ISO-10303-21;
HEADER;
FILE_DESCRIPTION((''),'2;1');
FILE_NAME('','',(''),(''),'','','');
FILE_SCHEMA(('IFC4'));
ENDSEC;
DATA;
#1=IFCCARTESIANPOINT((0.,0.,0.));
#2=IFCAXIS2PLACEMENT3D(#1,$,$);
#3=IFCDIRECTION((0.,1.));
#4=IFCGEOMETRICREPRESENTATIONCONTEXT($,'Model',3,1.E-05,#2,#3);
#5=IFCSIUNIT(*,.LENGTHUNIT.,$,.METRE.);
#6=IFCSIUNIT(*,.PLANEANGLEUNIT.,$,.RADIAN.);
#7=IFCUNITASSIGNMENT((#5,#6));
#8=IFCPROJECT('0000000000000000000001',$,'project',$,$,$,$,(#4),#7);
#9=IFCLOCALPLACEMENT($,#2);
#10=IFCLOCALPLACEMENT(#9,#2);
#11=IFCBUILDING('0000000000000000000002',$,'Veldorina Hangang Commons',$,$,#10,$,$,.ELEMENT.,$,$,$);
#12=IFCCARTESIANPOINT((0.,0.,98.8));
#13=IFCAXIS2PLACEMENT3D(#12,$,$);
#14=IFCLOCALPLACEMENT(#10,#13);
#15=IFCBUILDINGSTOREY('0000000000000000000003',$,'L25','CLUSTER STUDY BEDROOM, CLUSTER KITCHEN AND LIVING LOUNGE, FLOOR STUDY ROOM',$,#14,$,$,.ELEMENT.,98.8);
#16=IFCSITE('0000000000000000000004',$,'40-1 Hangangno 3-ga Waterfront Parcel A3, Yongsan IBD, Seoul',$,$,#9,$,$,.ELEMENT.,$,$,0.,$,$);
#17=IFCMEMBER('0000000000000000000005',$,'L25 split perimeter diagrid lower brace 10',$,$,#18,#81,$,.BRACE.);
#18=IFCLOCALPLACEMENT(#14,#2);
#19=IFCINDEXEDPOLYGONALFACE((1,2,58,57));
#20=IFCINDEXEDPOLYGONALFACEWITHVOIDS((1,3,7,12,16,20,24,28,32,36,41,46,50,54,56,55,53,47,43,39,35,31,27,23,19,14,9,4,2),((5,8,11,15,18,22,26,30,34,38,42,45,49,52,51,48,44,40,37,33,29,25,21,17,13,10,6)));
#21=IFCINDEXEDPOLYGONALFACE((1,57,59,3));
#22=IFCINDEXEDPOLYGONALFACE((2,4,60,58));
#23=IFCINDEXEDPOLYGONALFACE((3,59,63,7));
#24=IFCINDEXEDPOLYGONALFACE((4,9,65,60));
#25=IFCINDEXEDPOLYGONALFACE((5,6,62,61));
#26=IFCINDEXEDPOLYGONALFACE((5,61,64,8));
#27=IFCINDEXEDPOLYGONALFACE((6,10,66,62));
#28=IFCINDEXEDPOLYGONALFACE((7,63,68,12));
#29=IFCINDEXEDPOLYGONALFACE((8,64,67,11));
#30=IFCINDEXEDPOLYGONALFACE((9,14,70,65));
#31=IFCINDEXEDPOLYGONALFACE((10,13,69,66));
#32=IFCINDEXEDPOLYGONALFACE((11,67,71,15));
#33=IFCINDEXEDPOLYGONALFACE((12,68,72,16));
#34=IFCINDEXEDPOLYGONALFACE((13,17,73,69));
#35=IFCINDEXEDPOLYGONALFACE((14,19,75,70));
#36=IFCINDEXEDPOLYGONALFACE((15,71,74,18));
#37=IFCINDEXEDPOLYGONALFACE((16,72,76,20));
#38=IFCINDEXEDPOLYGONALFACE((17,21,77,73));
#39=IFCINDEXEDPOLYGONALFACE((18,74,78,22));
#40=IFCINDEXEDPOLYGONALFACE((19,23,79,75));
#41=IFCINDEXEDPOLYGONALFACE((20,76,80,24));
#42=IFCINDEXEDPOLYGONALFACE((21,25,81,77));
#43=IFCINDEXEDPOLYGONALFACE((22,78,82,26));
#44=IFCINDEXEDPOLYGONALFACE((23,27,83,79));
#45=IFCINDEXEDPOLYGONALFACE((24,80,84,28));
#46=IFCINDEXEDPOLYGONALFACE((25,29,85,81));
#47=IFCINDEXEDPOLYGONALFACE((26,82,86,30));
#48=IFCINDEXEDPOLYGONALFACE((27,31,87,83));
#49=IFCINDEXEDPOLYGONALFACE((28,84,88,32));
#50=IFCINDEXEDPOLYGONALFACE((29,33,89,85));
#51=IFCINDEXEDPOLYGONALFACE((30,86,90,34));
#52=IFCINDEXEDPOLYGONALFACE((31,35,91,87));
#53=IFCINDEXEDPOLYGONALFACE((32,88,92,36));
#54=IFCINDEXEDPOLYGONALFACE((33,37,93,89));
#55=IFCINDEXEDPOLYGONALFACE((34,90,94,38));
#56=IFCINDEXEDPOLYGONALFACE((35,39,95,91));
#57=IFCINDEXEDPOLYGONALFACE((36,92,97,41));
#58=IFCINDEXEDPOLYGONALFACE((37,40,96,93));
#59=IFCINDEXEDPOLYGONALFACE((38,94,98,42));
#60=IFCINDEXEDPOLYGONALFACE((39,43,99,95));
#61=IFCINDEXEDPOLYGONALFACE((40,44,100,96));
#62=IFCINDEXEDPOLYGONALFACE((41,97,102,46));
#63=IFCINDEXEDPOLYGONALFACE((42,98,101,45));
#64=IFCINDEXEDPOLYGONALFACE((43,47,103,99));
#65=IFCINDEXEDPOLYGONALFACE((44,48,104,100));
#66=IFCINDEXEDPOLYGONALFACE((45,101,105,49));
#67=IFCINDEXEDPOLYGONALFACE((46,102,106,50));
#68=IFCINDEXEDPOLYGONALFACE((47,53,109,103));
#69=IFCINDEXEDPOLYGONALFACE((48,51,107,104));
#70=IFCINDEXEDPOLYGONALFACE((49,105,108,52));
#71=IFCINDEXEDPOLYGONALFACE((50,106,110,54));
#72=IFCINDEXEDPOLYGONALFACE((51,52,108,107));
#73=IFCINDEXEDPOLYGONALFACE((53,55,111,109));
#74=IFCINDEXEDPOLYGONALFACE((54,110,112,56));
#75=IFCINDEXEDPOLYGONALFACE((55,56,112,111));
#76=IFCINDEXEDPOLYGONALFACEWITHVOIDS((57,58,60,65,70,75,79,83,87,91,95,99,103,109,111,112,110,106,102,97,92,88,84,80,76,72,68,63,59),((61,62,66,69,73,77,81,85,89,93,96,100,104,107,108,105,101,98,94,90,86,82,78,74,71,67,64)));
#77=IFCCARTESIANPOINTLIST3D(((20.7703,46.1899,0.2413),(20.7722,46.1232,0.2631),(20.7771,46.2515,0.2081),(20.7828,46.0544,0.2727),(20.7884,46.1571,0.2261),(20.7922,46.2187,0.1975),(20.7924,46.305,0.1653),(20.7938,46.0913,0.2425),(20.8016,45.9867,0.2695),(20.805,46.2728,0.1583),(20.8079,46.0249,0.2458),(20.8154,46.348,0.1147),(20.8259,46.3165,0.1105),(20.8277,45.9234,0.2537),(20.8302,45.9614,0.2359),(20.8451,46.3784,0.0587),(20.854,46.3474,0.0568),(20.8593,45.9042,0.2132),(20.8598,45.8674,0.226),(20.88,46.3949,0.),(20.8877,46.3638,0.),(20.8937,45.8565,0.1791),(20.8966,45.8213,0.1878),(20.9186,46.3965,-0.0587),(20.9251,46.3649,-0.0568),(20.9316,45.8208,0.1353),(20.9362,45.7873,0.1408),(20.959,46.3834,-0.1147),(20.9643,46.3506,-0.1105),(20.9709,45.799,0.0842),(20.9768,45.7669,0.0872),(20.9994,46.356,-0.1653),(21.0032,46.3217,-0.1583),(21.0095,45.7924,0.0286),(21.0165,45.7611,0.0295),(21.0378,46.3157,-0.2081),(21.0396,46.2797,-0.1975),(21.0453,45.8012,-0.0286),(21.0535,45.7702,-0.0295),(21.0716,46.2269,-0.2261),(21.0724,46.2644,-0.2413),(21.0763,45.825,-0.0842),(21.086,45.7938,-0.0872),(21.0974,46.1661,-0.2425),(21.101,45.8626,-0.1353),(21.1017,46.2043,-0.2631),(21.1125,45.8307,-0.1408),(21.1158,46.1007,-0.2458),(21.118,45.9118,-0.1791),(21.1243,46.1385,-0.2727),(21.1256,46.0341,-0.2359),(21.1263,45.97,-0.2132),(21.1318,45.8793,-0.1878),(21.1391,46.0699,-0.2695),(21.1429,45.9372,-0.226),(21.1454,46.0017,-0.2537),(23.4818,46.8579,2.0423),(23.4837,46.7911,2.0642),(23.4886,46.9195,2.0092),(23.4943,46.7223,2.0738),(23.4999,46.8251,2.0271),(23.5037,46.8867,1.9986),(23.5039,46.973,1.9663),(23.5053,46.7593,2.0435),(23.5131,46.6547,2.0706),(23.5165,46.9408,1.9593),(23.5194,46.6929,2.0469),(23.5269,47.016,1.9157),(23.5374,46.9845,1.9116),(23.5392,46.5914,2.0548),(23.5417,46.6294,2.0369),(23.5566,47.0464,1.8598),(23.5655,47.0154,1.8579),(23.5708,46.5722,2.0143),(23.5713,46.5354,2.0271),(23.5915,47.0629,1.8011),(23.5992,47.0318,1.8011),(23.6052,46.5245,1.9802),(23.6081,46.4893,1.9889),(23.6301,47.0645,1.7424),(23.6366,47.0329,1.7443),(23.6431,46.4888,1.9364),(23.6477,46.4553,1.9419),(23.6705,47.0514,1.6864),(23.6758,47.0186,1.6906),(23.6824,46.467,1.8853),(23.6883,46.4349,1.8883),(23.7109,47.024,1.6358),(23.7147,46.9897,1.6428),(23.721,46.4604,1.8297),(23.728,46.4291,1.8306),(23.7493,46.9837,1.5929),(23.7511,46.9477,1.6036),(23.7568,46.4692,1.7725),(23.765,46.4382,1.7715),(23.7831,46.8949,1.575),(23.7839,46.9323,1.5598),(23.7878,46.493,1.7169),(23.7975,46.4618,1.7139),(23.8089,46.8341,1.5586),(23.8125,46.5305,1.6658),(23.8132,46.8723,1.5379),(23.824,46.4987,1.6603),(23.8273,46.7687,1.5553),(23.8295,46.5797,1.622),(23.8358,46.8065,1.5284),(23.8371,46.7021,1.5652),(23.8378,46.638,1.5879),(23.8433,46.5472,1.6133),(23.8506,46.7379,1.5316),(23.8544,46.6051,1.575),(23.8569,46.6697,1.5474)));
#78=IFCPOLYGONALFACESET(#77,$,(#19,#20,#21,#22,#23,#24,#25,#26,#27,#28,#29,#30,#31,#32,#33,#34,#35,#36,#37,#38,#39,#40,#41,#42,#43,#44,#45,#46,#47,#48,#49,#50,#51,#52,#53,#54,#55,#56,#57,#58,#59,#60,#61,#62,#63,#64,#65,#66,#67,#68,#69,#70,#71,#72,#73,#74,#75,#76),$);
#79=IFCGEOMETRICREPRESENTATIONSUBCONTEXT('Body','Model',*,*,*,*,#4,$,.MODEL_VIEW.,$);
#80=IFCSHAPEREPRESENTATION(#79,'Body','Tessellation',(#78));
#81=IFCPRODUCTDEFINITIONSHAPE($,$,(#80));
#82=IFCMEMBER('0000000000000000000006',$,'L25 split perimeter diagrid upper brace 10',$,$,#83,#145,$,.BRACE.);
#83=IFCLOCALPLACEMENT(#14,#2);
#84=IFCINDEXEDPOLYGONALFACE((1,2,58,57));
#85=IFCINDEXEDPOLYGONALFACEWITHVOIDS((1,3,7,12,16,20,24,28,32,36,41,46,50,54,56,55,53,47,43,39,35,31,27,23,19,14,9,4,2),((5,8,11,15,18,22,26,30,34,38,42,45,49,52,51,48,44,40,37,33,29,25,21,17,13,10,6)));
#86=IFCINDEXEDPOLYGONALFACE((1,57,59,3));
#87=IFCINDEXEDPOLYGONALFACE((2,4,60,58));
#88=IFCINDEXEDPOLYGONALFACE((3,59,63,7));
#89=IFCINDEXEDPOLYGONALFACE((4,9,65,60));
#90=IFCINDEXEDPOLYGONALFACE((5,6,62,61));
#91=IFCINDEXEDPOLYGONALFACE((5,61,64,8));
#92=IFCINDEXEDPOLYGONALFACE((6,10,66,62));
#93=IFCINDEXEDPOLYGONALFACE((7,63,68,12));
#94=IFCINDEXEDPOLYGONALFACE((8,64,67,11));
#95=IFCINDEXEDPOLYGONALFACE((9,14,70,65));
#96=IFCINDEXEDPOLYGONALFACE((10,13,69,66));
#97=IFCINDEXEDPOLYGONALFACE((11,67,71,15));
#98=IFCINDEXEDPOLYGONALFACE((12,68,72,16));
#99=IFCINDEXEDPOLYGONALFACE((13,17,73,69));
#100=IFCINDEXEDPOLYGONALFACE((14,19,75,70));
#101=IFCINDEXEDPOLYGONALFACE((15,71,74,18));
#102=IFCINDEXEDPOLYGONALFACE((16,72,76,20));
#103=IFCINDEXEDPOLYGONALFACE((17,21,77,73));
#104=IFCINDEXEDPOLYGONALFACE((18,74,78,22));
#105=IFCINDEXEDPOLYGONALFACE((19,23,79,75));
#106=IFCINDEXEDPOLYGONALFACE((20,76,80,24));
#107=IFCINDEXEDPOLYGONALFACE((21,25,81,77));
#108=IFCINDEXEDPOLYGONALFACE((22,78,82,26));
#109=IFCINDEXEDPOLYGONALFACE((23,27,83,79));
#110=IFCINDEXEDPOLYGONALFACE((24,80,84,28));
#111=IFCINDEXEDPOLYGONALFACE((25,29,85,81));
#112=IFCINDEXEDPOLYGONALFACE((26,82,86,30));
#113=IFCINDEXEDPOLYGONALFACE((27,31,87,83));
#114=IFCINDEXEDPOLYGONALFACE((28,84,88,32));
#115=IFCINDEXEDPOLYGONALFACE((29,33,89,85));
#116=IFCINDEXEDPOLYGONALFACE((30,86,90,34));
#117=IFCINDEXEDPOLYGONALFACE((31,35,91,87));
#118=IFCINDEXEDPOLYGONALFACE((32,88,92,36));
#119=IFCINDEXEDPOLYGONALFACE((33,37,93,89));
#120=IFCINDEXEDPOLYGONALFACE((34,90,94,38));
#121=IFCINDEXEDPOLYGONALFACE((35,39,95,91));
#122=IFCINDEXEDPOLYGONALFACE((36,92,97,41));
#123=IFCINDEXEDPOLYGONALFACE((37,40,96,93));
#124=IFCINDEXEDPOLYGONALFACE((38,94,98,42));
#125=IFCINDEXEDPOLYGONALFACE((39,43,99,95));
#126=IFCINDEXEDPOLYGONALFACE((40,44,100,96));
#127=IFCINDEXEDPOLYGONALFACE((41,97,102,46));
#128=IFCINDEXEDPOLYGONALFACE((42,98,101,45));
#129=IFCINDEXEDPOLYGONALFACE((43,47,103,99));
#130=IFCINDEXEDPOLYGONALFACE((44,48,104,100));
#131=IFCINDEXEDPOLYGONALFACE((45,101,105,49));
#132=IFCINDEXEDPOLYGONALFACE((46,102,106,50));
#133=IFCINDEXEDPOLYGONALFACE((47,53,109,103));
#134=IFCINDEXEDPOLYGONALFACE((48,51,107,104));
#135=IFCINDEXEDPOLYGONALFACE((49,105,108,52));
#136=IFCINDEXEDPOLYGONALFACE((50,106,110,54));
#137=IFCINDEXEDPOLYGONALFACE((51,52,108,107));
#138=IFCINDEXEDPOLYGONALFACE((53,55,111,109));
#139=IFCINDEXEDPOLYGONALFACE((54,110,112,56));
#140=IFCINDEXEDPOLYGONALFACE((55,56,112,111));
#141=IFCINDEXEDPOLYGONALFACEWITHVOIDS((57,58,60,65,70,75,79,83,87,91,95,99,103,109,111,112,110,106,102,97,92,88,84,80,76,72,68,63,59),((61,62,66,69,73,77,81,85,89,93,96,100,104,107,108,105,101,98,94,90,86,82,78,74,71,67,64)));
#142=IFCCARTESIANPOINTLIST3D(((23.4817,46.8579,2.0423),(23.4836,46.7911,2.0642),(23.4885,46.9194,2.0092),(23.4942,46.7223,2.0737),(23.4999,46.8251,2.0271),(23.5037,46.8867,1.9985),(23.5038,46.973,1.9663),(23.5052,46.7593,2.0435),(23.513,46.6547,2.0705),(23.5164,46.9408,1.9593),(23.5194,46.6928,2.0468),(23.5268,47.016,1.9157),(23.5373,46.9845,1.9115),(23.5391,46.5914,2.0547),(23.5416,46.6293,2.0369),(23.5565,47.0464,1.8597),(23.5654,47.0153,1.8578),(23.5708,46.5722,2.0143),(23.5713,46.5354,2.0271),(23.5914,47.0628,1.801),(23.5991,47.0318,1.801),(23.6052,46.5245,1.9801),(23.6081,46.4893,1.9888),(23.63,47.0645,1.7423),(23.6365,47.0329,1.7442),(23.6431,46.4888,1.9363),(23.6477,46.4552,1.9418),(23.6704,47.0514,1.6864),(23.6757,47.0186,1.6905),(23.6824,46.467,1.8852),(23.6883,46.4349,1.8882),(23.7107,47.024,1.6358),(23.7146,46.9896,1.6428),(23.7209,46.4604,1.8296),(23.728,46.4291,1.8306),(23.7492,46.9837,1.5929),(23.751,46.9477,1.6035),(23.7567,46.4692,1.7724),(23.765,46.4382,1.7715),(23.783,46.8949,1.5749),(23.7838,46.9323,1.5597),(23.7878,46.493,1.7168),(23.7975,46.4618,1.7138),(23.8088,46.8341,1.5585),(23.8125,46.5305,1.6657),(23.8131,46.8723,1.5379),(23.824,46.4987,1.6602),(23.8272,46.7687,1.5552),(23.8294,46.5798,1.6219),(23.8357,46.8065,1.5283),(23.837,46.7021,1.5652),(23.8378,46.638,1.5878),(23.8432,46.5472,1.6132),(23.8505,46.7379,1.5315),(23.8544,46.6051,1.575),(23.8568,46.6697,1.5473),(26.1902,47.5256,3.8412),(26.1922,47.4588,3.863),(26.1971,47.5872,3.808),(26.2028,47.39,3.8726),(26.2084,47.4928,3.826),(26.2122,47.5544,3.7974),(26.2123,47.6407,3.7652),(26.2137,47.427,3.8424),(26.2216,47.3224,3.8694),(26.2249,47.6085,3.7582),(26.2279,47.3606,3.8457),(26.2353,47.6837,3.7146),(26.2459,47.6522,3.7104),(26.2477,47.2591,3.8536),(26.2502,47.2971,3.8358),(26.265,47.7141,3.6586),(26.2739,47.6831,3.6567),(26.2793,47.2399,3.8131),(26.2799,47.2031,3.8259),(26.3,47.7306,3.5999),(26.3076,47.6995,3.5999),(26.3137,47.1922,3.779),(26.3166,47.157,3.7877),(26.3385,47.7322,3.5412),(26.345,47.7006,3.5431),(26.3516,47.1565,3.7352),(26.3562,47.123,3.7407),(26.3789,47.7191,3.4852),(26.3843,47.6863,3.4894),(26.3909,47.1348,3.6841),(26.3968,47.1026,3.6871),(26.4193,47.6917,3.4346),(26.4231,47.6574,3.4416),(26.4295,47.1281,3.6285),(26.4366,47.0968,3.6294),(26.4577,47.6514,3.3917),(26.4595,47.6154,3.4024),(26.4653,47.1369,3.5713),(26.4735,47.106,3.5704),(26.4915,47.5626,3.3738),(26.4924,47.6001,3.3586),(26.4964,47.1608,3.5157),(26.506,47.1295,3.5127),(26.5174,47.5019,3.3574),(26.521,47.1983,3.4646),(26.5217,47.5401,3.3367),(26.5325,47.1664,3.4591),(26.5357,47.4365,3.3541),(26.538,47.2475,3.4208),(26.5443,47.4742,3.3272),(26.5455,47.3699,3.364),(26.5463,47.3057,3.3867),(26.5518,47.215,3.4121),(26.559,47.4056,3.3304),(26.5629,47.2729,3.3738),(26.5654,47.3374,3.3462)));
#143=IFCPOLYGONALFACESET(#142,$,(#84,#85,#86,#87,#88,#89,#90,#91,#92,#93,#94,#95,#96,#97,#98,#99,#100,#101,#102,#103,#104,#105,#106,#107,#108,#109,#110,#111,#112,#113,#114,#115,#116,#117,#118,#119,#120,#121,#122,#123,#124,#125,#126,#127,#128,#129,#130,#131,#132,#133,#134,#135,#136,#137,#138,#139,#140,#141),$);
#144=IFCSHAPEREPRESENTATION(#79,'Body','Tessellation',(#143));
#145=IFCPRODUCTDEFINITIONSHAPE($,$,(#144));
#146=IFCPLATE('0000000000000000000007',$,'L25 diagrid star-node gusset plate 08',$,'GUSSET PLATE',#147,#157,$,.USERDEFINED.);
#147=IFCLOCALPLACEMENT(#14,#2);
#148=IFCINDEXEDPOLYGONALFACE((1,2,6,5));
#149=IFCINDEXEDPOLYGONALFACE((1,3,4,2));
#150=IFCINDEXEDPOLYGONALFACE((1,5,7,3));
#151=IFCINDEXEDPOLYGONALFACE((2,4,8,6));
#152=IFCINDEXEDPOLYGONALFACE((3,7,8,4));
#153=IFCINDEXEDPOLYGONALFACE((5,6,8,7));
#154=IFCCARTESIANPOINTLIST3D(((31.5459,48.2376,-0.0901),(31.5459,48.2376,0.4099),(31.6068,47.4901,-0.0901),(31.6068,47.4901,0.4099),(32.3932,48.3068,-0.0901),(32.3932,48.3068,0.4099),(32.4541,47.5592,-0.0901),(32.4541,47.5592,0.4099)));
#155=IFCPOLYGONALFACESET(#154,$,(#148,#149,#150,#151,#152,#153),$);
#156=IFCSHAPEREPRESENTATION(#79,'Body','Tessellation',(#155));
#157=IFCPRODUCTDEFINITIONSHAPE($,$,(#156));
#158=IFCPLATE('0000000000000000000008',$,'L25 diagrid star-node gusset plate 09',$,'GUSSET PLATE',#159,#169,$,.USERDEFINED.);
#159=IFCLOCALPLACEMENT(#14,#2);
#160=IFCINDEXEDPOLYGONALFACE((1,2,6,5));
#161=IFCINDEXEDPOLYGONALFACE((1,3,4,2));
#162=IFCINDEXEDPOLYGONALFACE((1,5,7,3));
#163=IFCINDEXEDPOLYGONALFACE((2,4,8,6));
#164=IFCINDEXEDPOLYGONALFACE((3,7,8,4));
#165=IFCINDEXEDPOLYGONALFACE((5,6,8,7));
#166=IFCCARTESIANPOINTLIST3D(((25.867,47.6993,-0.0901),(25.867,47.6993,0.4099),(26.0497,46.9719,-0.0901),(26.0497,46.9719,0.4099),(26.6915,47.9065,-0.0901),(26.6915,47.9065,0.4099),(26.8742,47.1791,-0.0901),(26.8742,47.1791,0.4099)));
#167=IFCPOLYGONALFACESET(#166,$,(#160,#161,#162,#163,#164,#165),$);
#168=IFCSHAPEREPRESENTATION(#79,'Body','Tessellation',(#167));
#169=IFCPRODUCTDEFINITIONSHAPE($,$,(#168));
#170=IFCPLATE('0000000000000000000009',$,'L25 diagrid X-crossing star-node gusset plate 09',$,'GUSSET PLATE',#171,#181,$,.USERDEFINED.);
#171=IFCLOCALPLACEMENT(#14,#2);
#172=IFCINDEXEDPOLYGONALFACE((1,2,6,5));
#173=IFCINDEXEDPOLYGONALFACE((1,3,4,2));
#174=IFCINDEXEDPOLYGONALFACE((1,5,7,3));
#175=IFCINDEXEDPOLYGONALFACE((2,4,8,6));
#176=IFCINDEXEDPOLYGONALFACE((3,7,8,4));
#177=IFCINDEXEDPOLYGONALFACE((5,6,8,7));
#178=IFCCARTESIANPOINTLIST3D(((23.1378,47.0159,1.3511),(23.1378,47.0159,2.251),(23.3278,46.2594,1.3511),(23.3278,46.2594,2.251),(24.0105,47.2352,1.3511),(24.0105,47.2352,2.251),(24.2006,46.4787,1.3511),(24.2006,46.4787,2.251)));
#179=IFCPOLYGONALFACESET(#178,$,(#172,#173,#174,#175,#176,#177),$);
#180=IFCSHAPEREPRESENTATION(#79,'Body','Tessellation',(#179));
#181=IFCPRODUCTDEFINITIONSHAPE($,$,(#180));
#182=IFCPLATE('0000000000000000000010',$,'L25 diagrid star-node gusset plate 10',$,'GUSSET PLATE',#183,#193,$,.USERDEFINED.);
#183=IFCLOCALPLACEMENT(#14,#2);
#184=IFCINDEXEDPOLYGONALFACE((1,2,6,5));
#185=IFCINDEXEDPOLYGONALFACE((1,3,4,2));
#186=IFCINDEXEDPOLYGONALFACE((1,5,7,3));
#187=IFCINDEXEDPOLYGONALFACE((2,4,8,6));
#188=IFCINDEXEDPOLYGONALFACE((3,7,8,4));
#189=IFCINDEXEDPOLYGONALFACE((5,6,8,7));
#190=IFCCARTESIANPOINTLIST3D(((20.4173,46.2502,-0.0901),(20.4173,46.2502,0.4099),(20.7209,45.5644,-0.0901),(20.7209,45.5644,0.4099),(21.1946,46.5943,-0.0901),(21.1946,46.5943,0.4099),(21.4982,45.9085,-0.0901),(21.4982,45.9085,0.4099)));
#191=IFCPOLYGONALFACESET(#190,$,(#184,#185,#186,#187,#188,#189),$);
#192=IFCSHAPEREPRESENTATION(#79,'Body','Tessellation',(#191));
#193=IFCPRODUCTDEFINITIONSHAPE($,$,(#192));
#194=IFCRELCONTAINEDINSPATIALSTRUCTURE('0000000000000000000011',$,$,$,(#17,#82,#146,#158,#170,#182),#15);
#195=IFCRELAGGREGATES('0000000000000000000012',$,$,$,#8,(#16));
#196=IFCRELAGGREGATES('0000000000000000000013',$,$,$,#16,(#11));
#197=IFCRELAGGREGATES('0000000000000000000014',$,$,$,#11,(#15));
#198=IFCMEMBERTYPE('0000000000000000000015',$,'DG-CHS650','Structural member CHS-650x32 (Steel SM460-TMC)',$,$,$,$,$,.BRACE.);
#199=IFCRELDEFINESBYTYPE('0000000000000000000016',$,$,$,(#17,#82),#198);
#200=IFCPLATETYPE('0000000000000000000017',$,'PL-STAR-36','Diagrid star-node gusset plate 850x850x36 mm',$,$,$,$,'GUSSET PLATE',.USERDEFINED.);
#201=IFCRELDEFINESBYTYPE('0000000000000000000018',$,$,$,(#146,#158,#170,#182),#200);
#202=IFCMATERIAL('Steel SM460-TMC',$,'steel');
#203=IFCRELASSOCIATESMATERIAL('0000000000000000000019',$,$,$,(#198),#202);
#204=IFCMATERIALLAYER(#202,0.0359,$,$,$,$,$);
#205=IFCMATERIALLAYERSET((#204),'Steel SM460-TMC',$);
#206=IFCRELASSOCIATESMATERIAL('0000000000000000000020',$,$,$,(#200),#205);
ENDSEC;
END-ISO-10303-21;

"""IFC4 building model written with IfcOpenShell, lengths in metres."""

from ifc_helpers import new_model, si_unit, direction, frame, origin, origin_2d, place, context, subcontext, project, spatial, rectangle, hollow_circle, extrude, material, layer, layer_set, material_profile, profile_set, type_object, element, save


model = new_model("IFC4")

# Units and contexts
model_context = context("Model", 3, precision=1e-05, world=origin(), true_north=direction((0.0, 1.0)))
body_context = subcontext(model_context, "Body", "Model", "MODEL_VIEW")
ifc_project = project(units=[si_unit("LENGTHUNIT", "METRE"), si_unit("PLANEANGLEUNIT", "RADIAN")], contexts=[model_context])

# Site, building, storey
site_placement = place(None, origin())
site = spatial("IfcSite", under=ifc_project, at=site_placement, Name="40-1 Hangangno 3-ga Waterfront Parcel A3, Yongsan IBD, Seoul", CompositionType="ELEMENT", RefElevation=0.0)
building_placement = place(site_placement, origin())
building = spatial("IfcBuilding", under=site, at=building_placement, Name="Veldorina Hangang Commons", CompositionType="ELEMENT")
storey_placement = place(building_placement, frame((0.0, 0.0, 98.8)))
storey = spatial("IfcBuildingStorey", under=building, at=storey_placement, Name="L25", Description="CLUSTER STUDY BEDROOM, CLUSTER KITCHEN AND LIVING LOUNGE, FLOOR STUDY ROOM", CompositionType="ELEMENT", Elevation=98.8)

# Members
ifc_material_1 = material(Name="Steel SM460-TMC", Category="steel")
ifc_material_profile_1 = material_profile(ifc_material_1, hollow_circle(Radius=0.325, WallThickness=0.032, at=origin_2d()), Name="CHS-650x32")
ifc_profile_set_1 = profile_set([ifc_material_profile_1], Name="Steel SM460-TMC")
member_type = type_object("IfcMemberType", Name="DG-CHS650", Description="Structural member CHS-650x32 (Steel SM460-TMC)", PredefinedType="BRACE", material=ifc_profile_set_1)
member_1_placement = place(storey_placement, frame((20.9578, 46.0793, 0.0), z_axis=(0.81598, 0.201019, 0.542003), x_axis=(-0.239202, 0.97097, 0.0)))
element("IfcMember", 1, at=member_1_placement, inside=storey, type_object=member_type, Name="L25 split perimeter diagrid lower brace 10", PredefinedType="BRACE", context=body_context, shape_type="SweptSolid", body=[
    extrude(hollow_circle(Radius=0.325, WallThickness=0.032, at=origin_2d()), origin(), (0.0, 0.0, 1.0), 3.323),
])
member_2_placement = place(storey_placement, frame((23.6692, 46.7473, 1.801), z_axis=(0.81599, 0.201166, 0.541934), x_axis=(-0.239363, 0.97093, 0.0)))
element("IfcMember", 2, at=member_2_placement, inside=storey, type_object=member_type, Name="L25 split perimeter diagrid upper brace 10", PredefinedType="BRACE", context=body_context, shape_type="SweptSolid", body=[
    extrude(hollow_circle(Radius=0.325, WallThickness=0.032, at=origin_2d()), origin(), (0.0, 0.0, 1.0), 3.3193),
])

# Plates
ifc_layer_1 = layer(ifc_material_1, 0.0359)
ifc_layer_set_1 = layer_set([ifc_layer_1], Name="Steel SM460-TMC")
plate_type = type_object("IfcPlateType", Name="PL-STAR-36", Description="Diagrid star-node gusset plate 850x850x36 mm", ElementType="GUSSET PLATE", PredefinedType="USERDEFINED", material=ifc_layer_set_1)
for number, where, z_axis, x_axis, name in (
    (3, (32.0, 47.8984, -0.0901), (0.0, 0.0, 1.0), (-0.99669, -0.081295, 0.0), "L25 diagrid star-node gusset plate 08"),
    (4, (26.3706, 47.4392, -0.0901), (0.0, 0.0, 1.0), (-0.969859, -0.243666, 0.0), "L25 diagrid star-node gusset plate 09"),
):
    element("IfcPlate", number, at=place(storey_placement, frame(where, z_axis=z_axis, x_axis=x_axis)), inside=storey, type_object=plate_type, Name=name, ObjectType="GUSSET PLATE", PredefinedType="USERDEFINED", context=body_context, shape_type="SweptSolid", body=[
        extrude(rectangle(XDim=0.8501, YDim=0.75, at=origin_2d()), origin(), (0.0, 0.0, 1.0), 0.5),
    ])
plate_1_placement = place(storey_placement, frame((23.6692, 46.7473, 1.3511), z_axis=(0.0, 0.0, 1.0), x_axis=(-0.969859, -0.243666, 0.0)))
element("IfcPlate", 5, at=plate_1_placement, inside=storey, type_object=plate_type, Name="L25 diagrid X-crossing star-node gusset plate 09", ObjectType="GUSSET PLATE", PredefinedType="USERDEFINED", context=body_context, shape_type="SweptSolid", body=[
    extrude(rectangle(XDim=0.8999, YDim=0.78, at=origin_2d()), origin(), (0.0, 0.0, 1.0), 0.8999),
])
plate_2_placement = place(storey_placement, frame((20.9578, 46.0793, -0.0901), z_axis=(0.0, 0.0, 1.0), x_axis=(-0.914409, -0.404791, 0.0)))
element("IfcPlate", 6, at=plate_2_placement, inside=storey, type_object=plate_type, Name="L25 diagrid star-node gusset plate 10", ObjectType="GUSSET PLATE", PredefinedType="USERDEFINED", context=body_context, shape_type="SweptSolid", body=[
    extrude(rectangle(XDim=0.8501, YDim=0.75, at=origin_2d()), origin(), (0.0, 0.0, 1.0), 0.5),
])

save(model, "model.ifc")
